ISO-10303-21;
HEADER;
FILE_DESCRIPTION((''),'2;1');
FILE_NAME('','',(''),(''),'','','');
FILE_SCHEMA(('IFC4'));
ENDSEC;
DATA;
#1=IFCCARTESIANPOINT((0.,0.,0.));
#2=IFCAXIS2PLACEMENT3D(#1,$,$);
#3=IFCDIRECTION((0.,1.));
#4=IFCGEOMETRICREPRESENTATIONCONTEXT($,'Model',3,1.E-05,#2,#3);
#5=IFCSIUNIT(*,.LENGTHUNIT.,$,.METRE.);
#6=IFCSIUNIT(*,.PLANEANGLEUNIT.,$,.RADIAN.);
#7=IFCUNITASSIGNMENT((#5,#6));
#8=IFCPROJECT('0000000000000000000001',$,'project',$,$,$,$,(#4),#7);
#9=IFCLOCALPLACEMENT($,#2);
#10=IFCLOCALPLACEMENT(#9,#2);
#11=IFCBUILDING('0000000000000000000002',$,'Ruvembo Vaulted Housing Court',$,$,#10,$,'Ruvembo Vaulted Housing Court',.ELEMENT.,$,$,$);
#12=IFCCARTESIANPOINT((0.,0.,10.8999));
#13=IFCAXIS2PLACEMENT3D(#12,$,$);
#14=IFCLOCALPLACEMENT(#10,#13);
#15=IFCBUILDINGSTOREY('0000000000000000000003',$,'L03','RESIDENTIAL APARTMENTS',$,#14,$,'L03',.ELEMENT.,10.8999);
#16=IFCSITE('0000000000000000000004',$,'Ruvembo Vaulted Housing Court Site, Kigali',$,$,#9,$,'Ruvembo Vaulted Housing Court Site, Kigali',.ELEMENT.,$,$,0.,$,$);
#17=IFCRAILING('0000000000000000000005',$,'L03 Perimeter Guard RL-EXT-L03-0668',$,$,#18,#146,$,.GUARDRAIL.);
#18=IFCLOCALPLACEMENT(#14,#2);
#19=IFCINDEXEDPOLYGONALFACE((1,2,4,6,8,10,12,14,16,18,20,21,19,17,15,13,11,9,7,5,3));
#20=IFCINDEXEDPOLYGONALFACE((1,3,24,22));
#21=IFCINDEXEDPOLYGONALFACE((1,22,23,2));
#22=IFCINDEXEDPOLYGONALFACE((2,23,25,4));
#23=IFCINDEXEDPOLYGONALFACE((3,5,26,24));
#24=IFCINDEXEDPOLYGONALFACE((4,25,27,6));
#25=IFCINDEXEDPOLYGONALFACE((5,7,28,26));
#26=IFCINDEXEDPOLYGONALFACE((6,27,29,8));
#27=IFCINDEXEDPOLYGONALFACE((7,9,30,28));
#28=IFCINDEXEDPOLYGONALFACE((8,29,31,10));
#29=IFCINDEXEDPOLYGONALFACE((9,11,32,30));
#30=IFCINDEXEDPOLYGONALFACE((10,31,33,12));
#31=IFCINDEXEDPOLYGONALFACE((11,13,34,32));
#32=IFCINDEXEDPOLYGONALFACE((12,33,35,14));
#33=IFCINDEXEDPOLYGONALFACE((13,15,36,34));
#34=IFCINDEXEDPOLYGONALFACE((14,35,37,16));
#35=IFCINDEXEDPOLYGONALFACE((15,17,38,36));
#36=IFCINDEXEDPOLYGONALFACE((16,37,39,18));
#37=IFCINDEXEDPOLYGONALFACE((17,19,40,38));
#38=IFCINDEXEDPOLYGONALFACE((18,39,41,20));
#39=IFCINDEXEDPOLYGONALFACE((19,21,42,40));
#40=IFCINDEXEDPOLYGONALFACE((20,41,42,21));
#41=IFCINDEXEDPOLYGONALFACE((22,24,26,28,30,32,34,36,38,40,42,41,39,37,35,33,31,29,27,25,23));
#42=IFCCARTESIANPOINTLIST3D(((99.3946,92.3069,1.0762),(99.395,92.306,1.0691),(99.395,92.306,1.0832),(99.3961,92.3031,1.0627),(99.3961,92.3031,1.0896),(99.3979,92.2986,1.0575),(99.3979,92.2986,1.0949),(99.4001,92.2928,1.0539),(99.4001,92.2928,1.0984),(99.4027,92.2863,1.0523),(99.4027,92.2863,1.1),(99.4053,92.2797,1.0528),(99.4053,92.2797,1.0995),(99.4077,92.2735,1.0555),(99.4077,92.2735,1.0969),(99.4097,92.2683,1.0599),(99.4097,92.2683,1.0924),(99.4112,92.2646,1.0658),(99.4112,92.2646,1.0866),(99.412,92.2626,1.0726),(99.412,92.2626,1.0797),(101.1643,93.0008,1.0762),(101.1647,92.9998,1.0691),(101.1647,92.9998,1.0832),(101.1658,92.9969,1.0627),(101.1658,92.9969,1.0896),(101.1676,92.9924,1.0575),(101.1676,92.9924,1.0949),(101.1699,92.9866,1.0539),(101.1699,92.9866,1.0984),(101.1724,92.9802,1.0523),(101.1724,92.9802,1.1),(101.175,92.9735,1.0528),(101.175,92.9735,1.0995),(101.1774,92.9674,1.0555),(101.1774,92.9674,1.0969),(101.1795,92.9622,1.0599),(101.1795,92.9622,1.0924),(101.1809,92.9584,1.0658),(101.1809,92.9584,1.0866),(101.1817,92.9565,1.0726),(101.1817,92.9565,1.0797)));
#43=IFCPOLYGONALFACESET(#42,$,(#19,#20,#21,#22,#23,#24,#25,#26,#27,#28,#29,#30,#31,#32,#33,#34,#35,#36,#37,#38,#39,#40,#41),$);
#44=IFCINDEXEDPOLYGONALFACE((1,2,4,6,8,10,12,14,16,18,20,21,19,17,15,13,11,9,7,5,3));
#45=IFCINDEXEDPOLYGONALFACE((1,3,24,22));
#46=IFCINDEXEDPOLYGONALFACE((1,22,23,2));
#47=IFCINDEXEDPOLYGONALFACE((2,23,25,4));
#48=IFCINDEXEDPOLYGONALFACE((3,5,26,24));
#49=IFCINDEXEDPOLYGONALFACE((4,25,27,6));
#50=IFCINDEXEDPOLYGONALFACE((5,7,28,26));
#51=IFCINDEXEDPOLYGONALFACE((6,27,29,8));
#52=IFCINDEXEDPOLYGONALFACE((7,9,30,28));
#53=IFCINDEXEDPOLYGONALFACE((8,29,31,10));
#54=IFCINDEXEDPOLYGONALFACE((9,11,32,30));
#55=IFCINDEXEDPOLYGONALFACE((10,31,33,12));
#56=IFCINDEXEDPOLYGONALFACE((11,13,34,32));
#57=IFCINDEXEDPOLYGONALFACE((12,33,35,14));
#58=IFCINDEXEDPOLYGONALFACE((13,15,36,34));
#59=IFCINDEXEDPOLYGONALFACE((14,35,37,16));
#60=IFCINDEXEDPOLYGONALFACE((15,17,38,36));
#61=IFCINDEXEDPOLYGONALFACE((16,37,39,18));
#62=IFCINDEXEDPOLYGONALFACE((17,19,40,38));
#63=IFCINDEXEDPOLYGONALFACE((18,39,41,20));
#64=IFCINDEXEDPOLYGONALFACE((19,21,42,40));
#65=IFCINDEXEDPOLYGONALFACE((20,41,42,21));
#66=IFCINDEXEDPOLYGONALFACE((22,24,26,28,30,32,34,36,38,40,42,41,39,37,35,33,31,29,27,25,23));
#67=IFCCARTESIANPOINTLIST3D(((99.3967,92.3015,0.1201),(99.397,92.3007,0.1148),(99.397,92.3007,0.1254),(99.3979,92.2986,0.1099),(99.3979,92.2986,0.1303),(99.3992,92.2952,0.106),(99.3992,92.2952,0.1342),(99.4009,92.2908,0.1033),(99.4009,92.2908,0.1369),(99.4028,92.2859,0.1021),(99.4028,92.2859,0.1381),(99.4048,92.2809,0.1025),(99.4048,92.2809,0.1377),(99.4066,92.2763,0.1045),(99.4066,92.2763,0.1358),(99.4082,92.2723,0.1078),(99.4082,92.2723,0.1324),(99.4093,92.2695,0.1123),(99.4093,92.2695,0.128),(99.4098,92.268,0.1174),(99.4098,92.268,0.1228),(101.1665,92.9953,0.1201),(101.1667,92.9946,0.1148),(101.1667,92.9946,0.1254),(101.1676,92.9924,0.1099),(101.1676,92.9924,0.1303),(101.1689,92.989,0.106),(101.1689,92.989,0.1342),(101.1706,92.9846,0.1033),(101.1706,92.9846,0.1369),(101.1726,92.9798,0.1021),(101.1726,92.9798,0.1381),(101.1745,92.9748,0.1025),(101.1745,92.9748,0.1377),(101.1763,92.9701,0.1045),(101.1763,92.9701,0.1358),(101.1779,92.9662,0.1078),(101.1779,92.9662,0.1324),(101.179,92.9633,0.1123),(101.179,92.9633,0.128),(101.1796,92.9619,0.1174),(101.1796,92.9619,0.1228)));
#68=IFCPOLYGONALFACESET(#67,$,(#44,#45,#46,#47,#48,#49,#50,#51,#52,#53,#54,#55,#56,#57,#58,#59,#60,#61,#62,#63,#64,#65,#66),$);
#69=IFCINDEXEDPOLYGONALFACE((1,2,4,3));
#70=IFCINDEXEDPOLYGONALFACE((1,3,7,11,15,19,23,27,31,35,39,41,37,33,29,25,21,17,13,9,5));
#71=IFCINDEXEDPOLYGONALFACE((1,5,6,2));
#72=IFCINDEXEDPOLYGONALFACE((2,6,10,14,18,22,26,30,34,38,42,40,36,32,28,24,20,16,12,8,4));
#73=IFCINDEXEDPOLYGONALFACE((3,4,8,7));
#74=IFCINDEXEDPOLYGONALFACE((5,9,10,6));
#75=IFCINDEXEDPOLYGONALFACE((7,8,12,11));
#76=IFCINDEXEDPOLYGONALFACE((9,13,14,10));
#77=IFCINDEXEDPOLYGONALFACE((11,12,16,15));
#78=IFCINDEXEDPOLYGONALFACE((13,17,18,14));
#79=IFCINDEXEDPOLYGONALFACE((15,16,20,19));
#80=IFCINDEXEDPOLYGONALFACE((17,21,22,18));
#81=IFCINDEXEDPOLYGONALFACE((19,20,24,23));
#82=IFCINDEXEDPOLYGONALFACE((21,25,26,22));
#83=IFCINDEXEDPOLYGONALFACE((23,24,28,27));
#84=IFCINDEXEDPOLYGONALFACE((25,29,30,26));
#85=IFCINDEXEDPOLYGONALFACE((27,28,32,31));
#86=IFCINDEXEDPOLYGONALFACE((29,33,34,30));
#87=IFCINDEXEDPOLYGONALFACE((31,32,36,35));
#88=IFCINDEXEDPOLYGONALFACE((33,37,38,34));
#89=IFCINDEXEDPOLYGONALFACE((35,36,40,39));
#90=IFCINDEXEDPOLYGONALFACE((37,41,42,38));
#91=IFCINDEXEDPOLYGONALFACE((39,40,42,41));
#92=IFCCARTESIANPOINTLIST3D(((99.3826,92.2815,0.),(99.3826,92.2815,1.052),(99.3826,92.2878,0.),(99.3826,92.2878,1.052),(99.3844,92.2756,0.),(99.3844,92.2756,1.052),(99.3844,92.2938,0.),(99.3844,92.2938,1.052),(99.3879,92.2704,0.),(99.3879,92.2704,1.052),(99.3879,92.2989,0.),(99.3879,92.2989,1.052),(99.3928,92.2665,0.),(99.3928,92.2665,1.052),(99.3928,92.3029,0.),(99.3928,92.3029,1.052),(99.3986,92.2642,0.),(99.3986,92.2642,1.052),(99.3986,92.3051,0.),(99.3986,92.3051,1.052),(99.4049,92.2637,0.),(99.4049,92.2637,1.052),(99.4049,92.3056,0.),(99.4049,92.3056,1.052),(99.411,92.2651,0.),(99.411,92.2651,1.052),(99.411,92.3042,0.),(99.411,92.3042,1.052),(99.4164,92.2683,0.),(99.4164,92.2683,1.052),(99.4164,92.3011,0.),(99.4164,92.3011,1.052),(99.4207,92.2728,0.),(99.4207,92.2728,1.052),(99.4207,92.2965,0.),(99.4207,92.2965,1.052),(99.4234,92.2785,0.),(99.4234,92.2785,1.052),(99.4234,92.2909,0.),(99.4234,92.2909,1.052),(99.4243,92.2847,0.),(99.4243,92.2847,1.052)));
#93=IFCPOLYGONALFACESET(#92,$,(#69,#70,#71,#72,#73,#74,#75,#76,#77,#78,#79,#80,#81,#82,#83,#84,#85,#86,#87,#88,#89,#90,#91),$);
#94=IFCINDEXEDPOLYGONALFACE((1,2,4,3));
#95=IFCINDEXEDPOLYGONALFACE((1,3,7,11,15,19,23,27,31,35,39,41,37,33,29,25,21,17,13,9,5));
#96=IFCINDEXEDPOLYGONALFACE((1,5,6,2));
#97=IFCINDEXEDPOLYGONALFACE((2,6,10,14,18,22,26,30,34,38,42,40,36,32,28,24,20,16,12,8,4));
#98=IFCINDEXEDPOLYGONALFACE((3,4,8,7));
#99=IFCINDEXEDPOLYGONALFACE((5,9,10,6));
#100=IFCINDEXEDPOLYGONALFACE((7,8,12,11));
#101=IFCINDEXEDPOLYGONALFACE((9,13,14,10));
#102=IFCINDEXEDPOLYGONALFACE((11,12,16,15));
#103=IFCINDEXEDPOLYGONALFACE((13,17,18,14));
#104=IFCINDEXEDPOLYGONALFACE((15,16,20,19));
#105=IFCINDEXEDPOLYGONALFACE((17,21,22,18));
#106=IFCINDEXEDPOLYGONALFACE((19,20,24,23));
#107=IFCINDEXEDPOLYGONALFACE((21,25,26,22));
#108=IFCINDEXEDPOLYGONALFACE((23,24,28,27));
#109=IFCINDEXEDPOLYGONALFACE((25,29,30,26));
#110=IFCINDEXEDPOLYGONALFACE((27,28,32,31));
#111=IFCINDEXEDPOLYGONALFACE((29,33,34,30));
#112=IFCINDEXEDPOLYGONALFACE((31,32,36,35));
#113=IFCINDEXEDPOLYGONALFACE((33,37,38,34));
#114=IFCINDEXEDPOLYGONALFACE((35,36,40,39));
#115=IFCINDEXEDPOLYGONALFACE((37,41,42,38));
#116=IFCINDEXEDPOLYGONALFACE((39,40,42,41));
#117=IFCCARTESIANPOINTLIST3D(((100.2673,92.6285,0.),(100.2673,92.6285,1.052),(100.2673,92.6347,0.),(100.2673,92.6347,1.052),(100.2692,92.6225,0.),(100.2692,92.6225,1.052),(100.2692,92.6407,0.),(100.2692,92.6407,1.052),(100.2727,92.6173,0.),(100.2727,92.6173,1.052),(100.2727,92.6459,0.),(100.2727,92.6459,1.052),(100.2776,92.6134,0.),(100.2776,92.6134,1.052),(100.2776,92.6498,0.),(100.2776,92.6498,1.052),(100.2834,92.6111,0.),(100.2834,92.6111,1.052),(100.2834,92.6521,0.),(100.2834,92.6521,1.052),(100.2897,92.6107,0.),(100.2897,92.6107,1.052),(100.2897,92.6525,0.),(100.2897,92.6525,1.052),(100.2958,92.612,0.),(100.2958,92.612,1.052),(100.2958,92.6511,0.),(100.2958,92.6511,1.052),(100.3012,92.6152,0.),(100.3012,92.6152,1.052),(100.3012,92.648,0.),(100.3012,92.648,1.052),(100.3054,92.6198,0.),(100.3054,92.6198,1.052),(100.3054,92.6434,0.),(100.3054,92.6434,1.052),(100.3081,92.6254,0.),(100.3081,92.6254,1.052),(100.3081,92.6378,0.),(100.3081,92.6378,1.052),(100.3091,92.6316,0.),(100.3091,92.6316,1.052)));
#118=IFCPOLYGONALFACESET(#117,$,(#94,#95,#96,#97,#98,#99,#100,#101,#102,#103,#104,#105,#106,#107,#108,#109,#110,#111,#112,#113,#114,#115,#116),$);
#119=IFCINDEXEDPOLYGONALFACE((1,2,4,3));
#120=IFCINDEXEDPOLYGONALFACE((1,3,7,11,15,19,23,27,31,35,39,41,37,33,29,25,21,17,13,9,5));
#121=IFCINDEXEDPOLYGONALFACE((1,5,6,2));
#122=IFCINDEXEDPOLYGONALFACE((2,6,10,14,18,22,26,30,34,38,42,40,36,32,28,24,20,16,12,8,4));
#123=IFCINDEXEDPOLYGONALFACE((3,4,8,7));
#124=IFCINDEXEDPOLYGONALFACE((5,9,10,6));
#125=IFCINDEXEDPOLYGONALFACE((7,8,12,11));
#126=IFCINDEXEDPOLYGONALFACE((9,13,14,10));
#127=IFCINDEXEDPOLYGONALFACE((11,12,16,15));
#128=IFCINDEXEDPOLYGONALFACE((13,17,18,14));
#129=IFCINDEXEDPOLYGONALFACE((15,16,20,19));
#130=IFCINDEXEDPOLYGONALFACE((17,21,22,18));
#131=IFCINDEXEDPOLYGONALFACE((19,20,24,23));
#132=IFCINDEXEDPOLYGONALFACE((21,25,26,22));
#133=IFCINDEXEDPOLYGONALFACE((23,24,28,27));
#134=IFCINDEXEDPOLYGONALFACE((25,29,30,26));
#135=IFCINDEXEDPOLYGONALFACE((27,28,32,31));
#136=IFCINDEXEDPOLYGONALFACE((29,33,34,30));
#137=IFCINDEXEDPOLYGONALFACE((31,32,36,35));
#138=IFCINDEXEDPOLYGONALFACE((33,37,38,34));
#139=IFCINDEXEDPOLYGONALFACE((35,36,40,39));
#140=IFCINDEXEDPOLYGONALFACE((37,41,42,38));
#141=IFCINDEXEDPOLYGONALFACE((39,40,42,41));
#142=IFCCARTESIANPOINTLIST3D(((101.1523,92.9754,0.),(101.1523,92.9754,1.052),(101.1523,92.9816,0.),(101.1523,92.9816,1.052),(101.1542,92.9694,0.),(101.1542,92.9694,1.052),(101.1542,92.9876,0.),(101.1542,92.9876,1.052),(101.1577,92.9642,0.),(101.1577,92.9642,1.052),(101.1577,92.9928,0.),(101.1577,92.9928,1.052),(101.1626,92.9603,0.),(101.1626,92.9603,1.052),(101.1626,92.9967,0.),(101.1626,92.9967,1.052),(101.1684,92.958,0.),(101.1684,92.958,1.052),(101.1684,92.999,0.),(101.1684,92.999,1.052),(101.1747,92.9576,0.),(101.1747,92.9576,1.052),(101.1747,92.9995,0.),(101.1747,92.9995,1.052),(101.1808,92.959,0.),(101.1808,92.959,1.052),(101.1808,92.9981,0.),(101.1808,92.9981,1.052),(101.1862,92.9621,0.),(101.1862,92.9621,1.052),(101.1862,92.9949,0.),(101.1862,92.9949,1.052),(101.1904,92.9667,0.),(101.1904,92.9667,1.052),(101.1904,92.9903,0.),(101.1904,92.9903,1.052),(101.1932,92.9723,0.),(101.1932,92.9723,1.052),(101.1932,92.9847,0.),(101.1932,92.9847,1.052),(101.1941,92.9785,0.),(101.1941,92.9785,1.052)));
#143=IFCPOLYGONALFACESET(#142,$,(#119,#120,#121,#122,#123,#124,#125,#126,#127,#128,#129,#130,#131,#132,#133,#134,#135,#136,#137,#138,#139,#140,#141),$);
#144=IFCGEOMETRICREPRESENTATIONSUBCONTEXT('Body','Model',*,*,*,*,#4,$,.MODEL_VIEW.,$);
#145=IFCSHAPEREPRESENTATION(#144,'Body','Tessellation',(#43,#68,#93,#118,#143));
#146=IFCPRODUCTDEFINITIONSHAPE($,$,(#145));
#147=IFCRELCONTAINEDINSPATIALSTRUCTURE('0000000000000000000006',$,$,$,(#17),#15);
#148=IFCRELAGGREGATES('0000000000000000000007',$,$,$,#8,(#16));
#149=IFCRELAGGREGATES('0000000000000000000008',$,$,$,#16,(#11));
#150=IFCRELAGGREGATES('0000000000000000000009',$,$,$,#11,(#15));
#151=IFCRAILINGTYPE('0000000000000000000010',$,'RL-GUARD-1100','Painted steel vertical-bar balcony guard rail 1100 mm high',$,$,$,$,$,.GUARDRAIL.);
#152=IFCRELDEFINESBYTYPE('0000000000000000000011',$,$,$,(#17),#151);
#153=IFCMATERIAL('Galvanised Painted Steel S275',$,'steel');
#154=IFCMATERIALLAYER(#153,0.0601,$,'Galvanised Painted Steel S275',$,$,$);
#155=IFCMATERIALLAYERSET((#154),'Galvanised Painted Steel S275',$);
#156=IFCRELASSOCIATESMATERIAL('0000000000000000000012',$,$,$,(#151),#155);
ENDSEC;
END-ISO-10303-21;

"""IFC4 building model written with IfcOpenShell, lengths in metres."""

from ifc_helpers import new_model, si_unit, direction, frame, origin, origin_2d, place, context, subcontext, project, spatial, circle, extrude, material, layer, layer_set, type_object, element, save


model = new_model("IFC4")

# Units and contexts
model_context = context("Model", 3, precision=1e-05, world=origin(), true_north=direction((0.0, 1.0)))
body_context = subcontext(model_context, "Body", "Model", "MODEL_VIEW")
ifc_project = project(units=[si_unit("LENGTHUNIT", "METRE"), si_unit("PLANEANGLEUNIT", "RADIAN")], contexts=[model_context])

# Site, building, storey
site_placement = place(None, origin())
site = spatial("IfcSite", under=ifc_project, at=site_placement, Name="Ruvembo Vaulted Housing Court Site, Kigali", LongName="Ruvembo Vaulted Housing Court Site, Kigali", CompositionType="ELEMENT", RefElevation=0.0)
building_placement = place(site_placement, origin())
building = spatial("IfcBuilding", under=site, at=building_placement, Name="Ruvembo Vaulted Housing Court", LongName="Ruvembo Vaulted Housing Court", CompositionType="ELEMENT")
storey_placement = place(building_placement, frame((0.0, 0.0, 10.8999)))
storey = spatial("IfcBuildingStorey", under=building, at=storey_placement, Name="L03", Description="RESIDENTIAL APARTMENTS", LongName="L03", CompositionType="ELEMENT", Elevation=10.8999)

# Railing
ifc_material_1 = material(Name="Galvanised Painted Steel S275", Category="steel")
ifc_layer_1 = layer(ifc_material_1, 0.0601, Name="Galvanised Painted Steel S275")
ifc_layer_set_1 = layer_set([ifc_layer_1], Name="Galvanised Painted Steel S275")
railing_type = type_object("IfcRailingType", Name="RL-GUARD-1100", Description="Painted steel vertical-bar balcony guard rail 1100 mm high", PredefinedType="GUARDRAIL", material=ifc_layer_set_1)
railing_1_placement = place(storey_placement, frame((99.4033, 92.2847, 0.0)))
element("IfcRailing", 1, at=railing_1_placement, inside=storey, type_object=railing_type, Name="L03 Perimeter Guard RL-EXT-L03-0668", PredefinedType="GUARDRAIL", context=body_context, shape_type="SweptSolid", body=[
    extrude(circle(Radius=0.0239, at=origin_2d()), frame((0.0, 0.0, 1.0762), z_axis=(0.931006, 0.365005, 0.0), x_axis=(-0.365005, 0.931006, 0.0)), (0.0, 0.0, 1.0), 1.9009),
    extrude(circle(Radius=0.0181, at=origin_2d()), frame((0.0, 0.0, 0.1201), z_axis=(0.931006, 0.365005, 0.0), x_axis=(-0.365005, 0.931006, 0.0)), (0.0, 0.0, 1.0), 1.9009),
    extrude(circle(Radius=0.021, at=origin_2d()), origin(), (0.0, 0.0, 1.0), 1.052),
    extrude(circle(Radius=0.021, at=origin_2d()), frame((0.8848, 0.3469, 0.0)), (0.0, 0.0, 1.0), 1.052),
    extrude(circle(Radius=0.021, at=origin_2d()), frame((1.7698, 0.6938, 0.0)), (0.0, 0.0, 1.0), 1.052),
])

save(model, "model.ifc")
